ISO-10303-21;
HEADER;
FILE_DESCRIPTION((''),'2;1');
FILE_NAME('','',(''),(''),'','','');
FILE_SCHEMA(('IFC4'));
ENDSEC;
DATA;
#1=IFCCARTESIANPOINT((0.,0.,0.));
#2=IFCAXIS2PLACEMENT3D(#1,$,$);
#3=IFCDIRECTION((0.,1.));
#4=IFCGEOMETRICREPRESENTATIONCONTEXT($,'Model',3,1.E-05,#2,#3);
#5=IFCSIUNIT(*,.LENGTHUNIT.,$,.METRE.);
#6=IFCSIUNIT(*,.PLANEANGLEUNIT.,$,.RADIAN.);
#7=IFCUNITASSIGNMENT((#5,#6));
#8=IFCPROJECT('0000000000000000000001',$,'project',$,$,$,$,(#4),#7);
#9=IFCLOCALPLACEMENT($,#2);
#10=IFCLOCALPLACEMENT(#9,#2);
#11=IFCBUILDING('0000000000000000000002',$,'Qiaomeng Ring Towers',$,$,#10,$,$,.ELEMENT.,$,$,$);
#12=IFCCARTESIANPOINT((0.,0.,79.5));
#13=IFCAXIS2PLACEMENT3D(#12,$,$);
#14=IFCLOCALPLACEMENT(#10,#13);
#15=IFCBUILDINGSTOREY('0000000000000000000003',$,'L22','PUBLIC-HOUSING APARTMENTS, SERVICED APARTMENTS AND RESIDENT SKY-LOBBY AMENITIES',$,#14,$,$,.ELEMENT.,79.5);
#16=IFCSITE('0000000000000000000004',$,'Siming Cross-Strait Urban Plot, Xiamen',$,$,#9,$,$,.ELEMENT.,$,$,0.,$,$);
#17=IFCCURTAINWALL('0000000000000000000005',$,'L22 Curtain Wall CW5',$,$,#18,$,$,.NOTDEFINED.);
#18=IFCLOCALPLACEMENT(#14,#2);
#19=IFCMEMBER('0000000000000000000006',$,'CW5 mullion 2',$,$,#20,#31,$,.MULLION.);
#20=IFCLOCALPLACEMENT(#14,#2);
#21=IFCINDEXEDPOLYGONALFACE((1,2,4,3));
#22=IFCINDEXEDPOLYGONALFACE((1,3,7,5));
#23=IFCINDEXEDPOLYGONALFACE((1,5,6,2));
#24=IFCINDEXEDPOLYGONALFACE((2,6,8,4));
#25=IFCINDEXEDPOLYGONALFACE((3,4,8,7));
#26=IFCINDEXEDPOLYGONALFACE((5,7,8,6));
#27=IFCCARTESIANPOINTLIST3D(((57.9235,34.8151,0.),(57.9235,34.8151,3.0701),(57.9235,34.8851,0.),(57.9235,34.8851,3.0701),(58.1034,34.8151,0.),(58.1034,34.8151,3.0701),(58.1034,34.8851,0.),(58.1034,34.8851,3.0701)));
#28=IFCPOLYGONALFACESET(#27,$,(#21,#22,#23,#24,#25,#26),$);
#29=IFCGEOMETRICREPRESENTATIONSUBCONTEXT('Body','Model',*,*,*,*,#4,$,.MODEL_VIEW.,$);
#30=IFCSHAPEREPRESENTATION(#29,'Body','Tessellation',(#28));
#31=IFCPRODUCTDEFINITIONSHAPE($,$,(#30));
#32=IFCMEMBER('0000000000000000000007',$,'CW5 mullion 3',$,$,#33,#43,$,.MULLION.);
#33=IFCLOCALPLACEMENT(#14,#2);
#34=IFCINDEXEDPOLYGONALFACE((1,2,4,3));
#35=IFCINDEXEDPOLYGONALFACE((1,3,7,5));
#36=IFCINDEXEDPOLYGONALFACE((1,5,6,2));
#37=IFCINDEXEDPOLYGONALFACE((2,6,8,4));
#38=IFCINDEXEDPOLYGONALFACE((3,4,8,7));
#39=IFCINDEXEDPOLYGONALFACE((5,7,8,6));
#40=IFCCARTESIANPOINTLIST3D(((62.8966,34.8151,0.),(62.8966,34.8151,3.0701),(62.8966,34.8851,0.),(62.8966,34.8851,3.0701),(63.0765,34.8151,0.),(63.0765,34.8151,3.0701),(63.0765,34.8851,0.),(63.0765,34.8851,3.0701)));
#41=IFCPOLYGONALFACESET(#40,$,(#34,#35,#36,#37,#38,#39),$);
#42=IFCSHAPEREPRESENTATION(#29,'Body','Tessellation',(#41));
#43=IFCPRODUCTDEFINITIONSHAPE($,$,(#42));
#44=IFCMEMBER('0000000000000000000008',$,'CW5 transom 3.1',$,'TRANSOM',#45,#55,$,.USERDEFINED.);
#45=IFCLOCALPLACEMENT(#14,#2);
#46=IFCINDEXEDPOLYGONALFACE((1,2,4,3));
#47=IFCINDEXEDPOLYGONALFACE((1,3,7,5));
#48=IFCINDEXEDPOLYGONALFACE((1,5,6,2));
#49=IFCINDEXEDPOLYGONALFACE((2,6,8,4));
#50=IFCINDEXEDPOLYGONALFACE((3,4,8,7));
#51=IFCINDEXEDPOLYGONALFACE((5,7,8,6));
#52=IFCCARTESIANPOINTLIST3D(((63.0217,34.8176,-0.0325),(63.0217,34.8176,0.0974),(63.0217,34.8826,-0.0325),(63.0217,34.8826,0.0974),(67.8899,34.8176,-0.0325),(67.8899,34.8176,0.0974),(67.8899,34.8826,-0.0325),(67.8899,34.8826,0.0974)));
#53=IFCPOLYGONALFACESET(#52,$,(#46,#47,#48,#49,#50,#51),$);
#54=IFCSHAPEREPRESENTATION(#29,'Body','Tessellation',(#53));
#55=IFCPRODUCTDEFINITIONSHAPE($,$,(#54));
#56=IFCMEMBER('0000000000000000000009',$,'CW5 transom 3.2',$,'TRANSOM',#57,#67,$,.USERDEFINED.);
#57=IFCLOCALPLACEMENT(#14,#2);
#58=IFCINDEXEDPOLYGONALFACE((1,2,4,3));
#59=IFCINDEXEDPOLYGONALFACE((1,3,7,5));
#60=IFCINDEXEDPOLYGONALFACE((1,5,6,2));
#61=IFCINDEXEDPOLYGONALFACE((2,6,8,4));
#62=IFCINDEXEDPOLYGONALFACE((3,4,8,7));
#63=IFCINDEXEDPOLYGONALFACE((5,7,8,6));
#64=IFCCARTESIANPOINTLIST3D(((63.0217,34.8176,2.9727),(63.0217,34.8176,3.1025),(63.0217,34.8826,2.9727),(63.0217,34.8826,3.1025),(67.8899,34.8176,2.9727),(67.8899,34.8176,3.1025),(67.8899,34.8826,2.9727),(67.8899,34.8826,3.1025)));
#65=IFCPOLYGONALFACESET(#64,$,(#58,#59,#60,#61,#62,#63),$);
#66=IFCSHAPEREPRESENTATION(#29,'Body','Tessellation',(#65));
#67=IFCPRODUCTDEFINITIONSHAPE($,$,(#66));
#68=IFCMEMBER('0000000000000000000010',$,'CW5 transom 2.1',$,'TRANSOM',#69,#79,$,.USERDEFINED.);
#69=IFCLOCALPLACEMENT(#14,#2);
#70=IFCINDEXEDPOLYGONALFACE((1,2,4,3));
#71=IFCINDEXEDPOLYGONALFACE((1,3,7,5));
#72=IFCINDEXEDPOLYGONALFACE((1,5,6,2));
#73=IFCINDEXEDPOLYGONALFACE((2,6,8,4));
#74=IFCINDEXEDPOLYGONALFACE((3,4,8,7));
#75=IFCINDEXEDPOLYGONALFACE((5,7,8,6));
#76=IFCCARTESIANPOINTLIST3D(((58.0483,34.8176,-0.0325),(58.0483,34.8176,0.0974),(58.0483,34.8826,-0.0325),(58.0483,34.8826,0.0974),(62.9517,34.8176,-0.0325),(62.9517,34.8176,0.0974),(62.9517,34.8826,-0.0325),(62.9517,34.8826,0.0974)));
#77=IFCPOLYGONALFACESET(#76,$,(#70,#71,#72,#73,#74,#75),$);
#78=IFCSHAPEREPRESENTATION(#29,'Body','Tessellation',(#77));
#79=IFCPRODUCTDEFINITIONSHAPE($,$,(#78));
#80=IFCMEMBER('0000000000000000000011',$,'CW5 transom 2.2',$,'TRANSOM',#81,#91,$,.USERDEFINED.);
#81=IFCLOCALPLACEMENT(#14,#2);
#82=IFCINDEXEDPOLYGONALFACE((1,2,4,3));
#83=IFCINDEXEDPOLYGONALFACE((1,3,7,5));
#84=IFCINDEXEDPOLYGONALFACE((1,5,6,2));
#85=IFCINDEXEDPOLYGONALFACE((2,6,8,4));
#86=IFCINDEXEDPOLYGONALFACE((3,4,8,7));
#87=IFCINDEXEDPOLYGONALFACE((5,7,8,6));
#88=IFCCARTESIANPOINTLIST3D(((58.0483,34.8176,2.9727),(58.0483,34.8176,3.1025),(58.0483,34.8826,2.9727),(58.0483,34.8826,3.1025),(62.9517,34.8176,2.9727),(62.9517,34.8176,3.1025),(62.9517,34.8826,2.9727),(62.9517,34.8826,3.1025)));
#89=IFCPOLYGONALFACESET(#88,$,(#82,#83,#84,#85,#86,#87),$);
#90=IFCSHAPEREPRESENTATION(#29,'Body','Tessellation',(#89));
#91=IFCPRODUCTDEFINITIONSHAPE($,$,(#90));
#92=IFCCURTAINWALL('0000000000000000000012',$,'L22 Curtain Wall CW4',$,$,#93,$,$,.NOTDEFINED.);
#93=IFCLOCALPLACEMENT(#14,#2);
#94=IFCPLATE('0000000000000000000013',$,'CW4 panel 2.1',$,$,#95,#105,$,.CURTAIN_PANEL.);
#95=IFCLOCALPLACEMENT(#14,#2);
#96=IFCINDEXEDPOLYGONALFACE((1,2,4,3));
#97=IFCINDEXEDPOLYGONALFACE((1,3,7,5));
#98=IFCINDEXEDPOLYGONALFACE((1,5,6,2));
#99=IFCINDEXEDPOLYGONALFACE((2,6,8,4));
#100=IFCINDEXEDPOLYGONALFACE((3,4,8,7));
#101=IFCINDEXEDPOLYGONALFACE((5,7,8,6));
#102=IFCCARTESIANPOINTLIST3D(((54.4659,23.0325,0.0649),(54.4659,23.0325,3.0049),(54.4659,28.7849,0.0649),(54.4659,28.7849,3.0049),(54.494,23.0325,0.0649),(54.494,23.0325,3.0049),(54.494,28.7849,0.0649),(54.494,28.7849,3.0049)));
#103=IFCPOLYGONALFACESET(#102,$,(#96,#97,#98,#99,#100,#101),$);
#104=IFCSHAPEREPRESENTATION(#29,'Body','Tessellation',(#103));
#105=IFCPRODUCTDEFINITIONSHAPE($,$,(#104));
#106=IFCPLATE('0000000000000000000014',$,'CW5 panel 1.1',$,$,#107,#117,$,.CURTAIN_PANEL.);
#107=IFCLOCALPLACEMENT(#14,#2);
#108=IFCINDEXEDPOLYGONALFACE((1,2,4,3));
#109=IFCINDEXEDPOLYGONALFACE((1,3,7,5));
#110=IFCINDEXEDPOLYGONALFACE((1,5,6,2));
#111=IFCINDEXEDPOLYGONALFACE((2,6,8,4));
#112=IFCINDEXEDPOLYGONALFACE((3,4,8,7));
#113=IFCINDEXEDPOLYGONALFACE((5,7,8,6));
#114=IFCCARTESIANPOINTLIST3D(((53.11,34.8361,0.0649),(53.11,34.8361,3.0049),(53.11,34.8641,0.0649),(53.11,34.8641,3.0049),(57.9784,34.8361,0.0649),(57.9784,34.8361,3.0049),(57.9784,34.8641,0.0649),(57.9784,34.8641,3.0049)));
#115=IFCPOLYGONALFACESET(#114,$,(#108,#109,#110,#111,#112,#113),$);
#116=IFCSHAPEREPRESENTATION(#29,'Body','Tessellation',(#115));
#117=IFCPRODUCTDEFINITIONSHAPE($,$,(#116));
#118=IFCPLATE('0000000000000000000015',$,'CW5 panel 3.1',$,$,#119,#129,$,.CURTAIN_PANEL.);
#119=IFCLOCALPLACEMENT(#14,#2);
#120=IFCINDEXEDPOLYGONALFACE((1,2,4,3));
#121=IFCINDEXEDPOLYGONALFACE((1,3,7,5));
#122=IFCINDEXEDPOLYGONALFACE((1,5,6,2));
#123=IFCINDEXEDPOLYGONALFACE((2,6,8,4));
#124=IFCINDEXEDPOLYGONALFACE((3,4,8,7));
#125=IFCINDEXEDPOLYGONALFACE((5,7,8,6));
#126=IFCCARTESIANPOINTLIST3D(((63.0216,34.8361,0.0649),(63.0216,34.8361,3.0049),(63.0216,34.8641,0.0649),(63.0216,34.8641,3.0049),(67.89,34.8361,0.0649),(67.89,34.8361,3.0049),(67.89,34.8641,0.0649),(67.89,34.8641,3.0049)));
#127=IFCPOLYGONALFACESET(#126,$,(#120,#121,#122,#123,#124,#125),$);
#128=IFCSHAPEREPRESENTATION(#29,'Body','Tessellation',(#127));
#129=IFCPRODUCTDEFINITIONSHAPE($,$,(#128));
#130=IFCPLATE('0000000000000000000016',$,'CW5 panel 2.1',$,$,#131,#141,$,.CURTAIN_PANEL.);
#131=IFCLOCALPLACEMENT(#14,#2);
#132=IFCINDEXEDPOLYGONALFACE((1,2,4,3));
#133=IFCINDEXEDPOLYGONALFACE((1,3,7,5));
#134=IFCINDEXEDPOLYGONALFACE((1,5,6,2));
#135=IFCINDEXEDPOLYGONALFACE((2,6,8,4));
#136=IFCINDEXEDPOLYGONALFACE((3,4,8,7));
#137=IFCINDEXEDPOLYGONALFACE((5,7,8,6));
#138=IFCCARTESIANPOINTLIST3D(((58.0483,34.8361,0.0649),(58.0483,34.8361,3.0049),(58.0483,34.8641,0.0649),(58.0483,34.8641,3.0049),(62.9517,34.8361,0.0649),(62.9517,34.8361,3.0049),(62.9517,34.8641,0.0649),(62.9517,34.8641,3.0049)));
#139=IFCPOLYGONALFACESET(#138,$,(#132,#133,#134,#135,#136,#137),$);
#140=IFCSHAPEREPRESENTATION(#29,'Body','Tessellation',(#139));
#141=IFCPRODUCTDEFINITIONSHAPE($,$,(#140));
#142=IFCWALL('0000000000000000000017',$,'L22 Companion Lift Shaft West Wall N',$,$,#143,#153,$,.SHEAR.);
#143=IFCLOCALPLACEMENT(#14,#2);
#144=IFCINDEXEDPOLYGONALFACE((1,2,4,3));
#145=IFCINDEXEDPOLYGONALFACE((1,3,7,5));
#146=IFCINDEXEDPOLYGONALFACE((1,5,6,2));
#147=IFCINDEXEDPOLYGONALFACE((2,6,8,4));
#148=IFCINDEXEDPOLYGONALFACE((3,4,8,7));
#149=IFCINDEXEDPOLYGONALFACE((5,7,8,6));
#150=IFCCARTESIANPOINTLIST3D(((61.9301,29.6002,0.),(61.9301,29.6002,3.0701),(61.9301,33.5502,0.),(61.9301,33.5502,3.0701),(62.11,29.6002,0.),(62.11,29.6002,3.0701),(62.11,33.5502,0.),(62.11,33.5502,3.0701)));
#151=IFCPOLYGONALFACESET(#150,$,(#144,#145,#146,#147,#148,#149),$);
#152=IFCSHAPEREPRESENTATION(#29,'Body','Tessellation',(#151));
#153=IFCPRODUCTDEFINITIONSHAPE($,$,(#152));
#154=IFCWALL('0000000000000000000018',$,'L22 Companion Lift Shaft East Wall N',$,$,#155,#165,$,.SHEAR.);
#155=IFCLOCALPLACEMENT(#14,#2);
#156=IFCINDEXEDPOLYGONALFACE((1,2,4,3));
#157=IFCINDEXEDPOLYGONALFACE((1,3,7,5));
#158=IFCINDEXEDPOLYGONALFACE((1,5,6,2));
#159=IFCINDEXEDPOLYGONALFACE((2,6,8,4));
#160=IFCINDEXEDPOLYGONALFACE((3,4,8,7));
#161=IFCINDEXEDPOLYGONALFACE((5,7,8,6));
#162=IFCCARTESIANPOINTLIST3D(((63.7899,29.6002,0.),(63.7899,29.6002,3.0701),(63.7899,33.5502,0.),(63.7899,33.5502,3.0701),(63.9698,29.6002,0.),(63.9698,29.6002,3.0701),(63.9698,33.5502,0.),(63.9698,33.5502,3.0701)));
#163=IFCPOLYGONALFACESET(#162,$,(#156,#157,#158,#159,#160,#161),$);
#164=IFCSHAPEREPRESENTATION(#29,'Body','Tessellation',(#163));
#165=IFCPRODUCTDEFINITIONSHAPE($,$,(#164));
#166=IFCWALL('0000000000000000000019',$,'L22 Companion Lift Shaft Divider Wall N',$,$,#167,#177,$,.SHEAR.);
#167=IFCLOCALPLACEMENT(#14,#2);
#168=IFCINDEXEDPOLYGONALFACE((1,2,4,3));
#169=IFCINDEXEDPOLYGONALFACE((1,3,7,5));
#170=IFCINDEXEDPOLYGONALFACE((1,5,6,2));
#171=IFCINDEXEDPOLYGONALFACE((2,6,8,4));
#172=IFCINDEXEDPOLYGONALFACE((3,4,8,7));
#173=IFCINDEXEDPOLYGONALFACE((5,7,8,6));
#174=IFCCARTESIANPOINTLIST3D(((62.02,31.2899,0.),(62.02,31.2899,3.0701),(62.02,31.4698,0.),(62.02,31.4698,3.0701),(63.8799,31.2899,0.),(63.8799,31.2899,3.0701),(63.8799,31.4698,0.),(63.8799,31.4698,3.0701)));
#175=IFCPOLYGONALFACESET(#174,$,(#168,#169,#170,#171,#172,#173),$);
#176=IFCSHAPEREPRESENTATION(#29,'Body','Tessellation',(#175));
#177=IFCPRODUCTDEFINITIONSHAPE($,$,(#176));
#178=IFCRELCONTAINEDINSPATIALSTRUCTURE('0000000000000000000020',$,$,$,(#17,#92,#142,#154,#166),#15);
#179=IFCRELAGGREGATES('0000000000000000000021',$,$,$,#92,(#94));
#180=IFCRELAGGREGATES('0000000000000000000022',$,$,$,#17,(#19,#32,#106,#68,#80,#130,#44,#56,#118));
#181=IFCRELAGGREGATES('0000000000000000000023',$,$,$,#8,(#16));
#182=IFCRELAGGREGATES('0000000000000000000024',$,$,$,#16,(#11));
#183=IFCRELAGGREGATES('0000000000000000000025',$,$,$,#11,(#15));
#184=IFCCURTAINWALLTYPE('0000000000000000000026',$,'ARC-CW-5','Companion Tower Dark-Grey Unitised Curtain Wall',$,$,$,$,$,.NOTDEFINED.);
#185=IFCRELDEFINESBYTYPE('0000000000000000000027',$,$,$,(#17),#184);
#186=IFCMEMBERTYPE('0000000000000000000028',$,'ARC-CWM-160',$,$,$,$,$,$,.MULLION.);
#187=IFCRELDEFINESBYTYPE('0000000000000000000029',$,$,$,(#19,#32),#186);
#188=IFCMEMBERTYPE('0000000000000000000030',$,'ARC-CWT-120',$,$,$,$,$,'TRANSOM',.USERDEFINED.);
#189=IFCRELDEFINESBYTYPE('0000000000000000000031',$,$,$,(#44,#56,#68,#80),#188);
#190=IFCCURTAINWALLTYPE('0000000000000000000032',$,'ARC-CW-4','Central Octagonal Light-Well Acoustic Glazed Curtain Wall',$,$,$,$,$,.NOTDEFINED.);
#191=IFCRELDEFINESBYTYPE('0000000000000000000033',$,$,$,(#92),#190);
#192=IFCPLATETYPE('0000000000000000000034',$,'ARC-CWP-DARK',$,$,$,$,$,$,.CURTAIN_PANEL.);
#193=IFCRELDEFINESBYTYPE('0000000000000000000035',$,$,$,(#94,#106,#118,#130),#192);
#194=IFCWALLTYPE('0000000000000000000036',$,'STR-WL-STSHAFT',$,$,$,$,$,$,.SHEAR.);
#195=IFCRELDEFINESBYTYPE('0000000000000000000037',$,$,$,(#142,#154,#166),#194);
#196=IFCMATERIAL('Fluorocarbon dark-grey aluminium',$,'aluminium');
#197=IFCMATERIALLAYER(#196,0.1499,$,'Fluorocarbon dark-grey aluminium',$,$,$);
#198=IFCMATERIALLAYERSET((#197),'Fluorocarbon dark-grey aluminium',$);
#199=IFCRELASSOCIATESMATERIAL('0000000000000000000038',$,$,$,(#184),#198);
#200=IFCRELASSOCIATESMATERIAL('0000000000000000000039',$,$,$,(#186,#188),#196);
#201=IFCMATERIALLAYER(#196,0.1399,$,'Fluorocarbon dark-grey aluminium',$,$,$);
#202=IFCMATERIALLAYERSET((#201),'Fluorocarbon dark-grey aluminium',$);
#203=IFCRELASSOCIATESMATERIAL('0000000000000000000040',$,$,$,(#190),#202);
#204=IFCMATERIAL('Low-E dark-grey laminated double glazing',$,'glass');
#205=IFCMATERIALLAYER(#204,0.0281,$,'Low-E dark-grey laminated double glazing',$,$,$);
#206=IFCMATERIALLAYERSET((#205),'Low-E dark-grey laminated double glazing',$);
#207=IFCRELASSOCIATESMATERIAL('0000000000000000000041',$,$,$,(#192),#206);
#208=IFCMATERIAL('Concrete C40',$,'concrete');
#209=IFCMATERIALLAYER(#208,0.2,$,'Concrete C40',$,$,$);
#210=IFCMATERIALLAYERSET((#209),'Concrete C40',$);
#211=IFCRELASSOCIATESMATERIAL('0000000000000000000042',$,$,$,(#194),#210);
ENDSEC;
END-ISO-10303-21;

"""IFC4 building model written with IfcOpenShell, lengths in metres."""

from ifc_helpers import new_model, si_unit, direction, frame, frame_2d, origin, origin_2d, place, context, subcontext, project, spatial, rectangle, extrude, source, transform, mapped, material, layer, layer_set, material_profile, profile_set, type_object, element, aggregate, save


model = new_model("IFC4")

# Units and contexts
model_context = context("Model", 3, precision=1e-05, world=origin(), true_north=direction((0.0, 1.0)))
body_context = subcontext(model_context, "Body", "Model", "MODEL_VIEW")
ifc_project = project(units=[si_unit("LENGTHUNIT", "METRE"), si_unit("PLANEANGLEUNIT", "RADIAN")], contexts=[model_context])

# Site, building, storey
site_placement = place(None, origin())
site = spatial("IfcSite", under=ifc_project, at=site_placement, Name="Siming Cross-Strait Urban Plot, Xiamen", CompositionType="ELEMENT", RefElevation=0.0)
building_placement = place(site_placement, origin())
building = spatial("IfcBuilding", under=site, at=building_placement, Name="Qiaomeng Ring Towers", CompositionType="ELEMENT")
storey_placement = place(building_placement, frame((0.0, 0.0, 79.5)))
storey = spatial("IfcBuildingStorey", under=building, at=storey_placement, Name="L22", Description="PUBLIC-HOUSING APARTMENTS, SERVICED APARTMENTS AND RESIDENT SKY-LOBBY AMENITIES", CompositionType="ELEMENT", Elevation=79.5)

# Curtain wall, members
ifc_material_1 = material(Name="Fluorocarbon dark-grey aluminium", Category="aluminium")
ifc_layer_1 = layer(ifc_material_1, 0.1499, Name="Fluorocarbon dark-grey aluminium")
ifc_layer_set_1 = layer_set([ifc_layer_1], Name="Fluorocarbon dark-grey aluminium")
curtain_wall_type_1 = type_object("IfcCurtainWallType", Name="ARC-CW-5", Description="Companion Tower Dark-Grey Unitised Curtain Wall", PredefinedType="NOTDEFINED", material=ifc_layer_set_1)
curtain_wall_1_placement = place(storey_placement, origin())
curtain_wall_1 = element("IfcCurtainWall", 1, at=curtain_wall_1_placement, inside=storey, type_object=curtain_wall_type_1, Name="L22 Curtain Wall CW5", PredefinedType="NOTDEFINED")
ifc_material_profile_1 = material_profile(ifc_material_1, rectangle(XDim=0.0701, YDim=0.1799, at=origin_2d()), Name="ALU MULL 70x180")
ifc_profile_set_1 = profile_set([ifc_material_profile_1], Name="Fluorocarbon dark-grey aluminium")
member_type_1 = type_object("IfcMemberType", Name="ARC-CWM-160", PredefinedType="MULLION", material=ifc_profile_set_1)
shared_shape_1 = source(origin(), body_context, "Body", "SweptSolid", [
    extrude(rectangle(XDim=0.0701, YDim=0.1799, at=origin_2d()), origin(), (0.0, 0.0, 1.0), 3.0701),
])
member_1_placement = place(storey_placement, frame((58.0134, 34.8501, 0.0), z_axis=(0.0, 0.0, 1.0), x_axis=(0.0, 1.0, 0.0)))
member_1 = element("IfcMember", 2, at=member_1_placement, type_object=member_type_1, Name="CW5 mullion 2", PredefinedType="MULLION", context=body_context, shape_type="MappedRepresentation", body=[
    mapped(shared_shape_1, transform((0.0, 0.0, 0.0), x_axis=(1.0, 0.0, 0.0), y_axis=(0.0, 1.0, 0.0), z_axis=(0.0, 0.0, 1.0), scale=1.0)),
])
member_2_placement = place(storey_placement, frame((62.9866, 34.8501, 0.0), z_axis=(0.0, 0.0, 1.0), x_axis=(0.0, 1.0, 0.0)))
member_2 = element("IfcMember", 3, at=member_2_placement, type_object=member_type_1, Name="CW5 mullion 3", PredefinedType="MULLION", context=body_context, shape_type="MappedRepresentation", body=[
    mapped(shared_shape_1, transform((0.0, 0.0, 0.0), x_axis=(1.0, 0.0, 0.0), y_axis=(0.0, 1.0, 0.0), z_axis=(0.0, 0.0, 1.0), scale=1.0)),
])
ifc_material_profile_2 = material_profile(ifc_material_1, rectangle(XDim=0.0649, YDim=0.1299, at=origin_2d()), Name="ALU TRAN 65x130")
ifc_profile_set_2 = profile_set([ifc_material_profile_2], Name="Fluorocarbon dark-grey aluminium")
member_type_2 = type_object("IfcMemberType", Name="ARC-CWT-120", ElementType="TRANSOM", PredefinedType="USERDEFINED", material=ifc_profile_set_2)
shared_shape_2 = source(origin(), body_context, "Body", "SweptSolid", [
    extrude(rectangle(XDim=0.0649, YDim=0.1299, at=origin_2d()), origin(), (0.0, 0.0, 1.0), 4.8682),
])
member_3_placement = place(storey_placement, frame((63.0217, 34.8501, 0.0325), z_axis=(1.0, 0.0, 0.0), x_axis=(0.0, 1.0, 0.0)))
member_3 = element("IfcMember", 4, at=member_3_placement, type_object=member_type_2, Name="CW5 transom 3.1", ObjectType="TRANSOM", PredefinedType="USERDEFINED", context=body_context, shape_type="MappedRepresentation", body=[
    mapped(shared_shape_2, transform((0.0, 0.0, 0.0), x_axis=(1.0, 0.0, 0.0), y_axis=(0.0, 1.0, 0.0), z_axis=(0.0, 0.0, 1.0), scale=1.0)),
])
member_4_placement = place(storey_placement, frame((63.0217, 34.8501, 3.0376), z_axis=(1.0, 0.0, 0.0), x_axis=(0.0, 1.0, 0.0)))
member_4 = element("IfcMember", 5, at=member_4_placement, type_object=member_type_2, Name="CW5 transom 3.2", ObjectType="TRANSOM", PredefinedType="USERDEFINED", context=body_context, shape_type="MappedRepresentation", body=[
    mapped(shared_shape_2, transform((0.0, 0.0, 0.0), x_axis=(1.0, 0.0, 0.0), y_axis=(0.0, 1.0, 0.0), z_axis=(0.0, 0.0, 1.0), scale=1.0)),
])
shared_shape_3 = source(origin(), body_context, "Body", "SweptSolid", [
    extrude(rectangle(XDim=0.0649, YDim=0.1299, at=origin_2d()), origin(), (0.0, 0.0, 1.0), 4.9033),
])
member_5_placement = place(storey_placement, frame((58.0483, 34.8501, 0.0325), z_axis=(1.0, 0.0, 0.0), x_axis=(0.0, 1.0, 0.0)))
member_5 = element("IfcMember", 6, at=member_5_placement, type_object=member_type_2, Name="CW5 transom 2.1", ObjectType="TRANSOM", PredefinedType="USERDEFINED", context=body_context, shape_type="MappedRepresentation", body=[
    mapped(shared_shape_3, transform((0.0, 0.0, 0.0), x_axis=(1.0, 0.0, 0.0), y_axis=(0.0, 1.0, 0.0), z_axis=(0.0, 0.0, 1.0), scale=1.0)),
])
member_6_placement = place(storey_placement, frame((58.0483, 34.8501, 3.0376), z_axis=(1.0, 0.0, 0.0), x_axis=(0.0, 1.0, 0.0)))
member_6 = element("IfcMember", 7, at=member_6_placement, type_object=member_type_2, Name="CW5 transom 2.2", ObjectType="TRANSOM", PredefinedType="USERDEFINED", context=body_context, shape_type="MappedRepresentation", body=[
    mapped(shared_shape_3, transform((0.0, 0.0, 0.0), x_axis=(1.0, 0.0, 0.0), y_axis=(0.0, 1.0, 0.0), z_axis=(0.0, 0.0, 1.0), scale=1.0)),
])

# Curtain wall, plate
ifc_layer_2 = layer(ifc_material_1, 0.1399, Name="Fluorocarbon dark-grey aluminium")
ifc_layer_set_2 = layer_set([ifc_layer_2], Name="Fluorocarbon dark-grey aluminium")
curtain_wall_type_2 = type_object("IfcCurtainWallType", Name="ARC-CW-4", Description="Central Octagonal Light-Well Acoustic Glazed Curtain Wall", PredefinedType="NOTDEFINED", material=ifc_layer_set_2)
curtain_wall_2_placement = place(storey_placement, origin())
curtain_wall_2 = element("IfcCurtainWall", 8, at=curtain_wall_2_placement, inside=storey, type_object=curtain_wall_type_2, Name="L22 Curtain Wall CW4", PredefinedType="NOTDEFINED")
ifc_material_2 = material(Name="Low-E dark-grey laminated double glazing", Category="glass")
ifc_layer_3 = layer(ifc_material_2, 0.0281, Name="Low-E dark-grey laminated double glazing")
ifc_layer_set_3 = layer_set([ifc_layer_3], Name="Low-E dark-grey laminated double glazing")
plate_type = type_object("IfcPlateType", Name="ARC-CWP-DARK", PredefinedType="CURTAIN_PANEL", material=ifc_layer_set_3)
shared_shape_4 = source(origin(), body_context, "Body", "SweptSolid", [
    extrude(rectangle(XDim=5.7524, YDim=0.0281, at=origin_2d()), origin(), (0.0, 0.0, 1.0), 2.9399),
])
plate_1_placement = place(storey_placement, frame((54.48, 25.9087, 0.0649), z_axis=(0.0, 0.0, 1.0), x_axis=(0.0, 1.0, 0.0)))
plate_1 = element("IfcPlate", 9, at=plate_1_placement, type_object=plate_type, Name="CW4 panel 2.1", PredefinedType="CURTAIN_PANEL", context=body_context, shape_type="MappedRepresentation", body=[
    mapped(shared_shape_4, transform((0.0, 0.0, 0.0), x_axis=(1.0, 0.0, 0.0), y_axis=(0.0, 1.0, 0.0), z_axis=(0.0, 0.0, 1.0), scale=1.0)),
])
aggregate(curtain_wall_2, [plate_1])

# Plates
shared_shape_5 = source(origin(), body_context, "Body", "SweptSolid", [
    extrude(rectangle(XDim=4.8684, YDim=0.0281, at=origin_2d()), origin(), (0.0, 0.0, 1.0), 2.9399),
])
plate_2_placement = place(storey_placement, frame((55.5442, 34.8501, 0.0649), z_axis=(0.0, 0.0, 1.0), x_axis=(1.0, 0.0, 0.0)))
plate_2 = element("IfcPlate", 10, at=plate_2_placement, type_object=plate_type, Name="CW5 panel 1.1", PredefinedType="CURTAIN_PANEL", context=body_context, shape_type="MappedRepresentation", body=[
    mapped(shared_shape_5, transform((0.0, 0.0, 0.0), x_axis=(1.0, 0.0, 0.0), y_axis=(0.0, 1.0, 0.0), z_axis=(0.0, 0.0, 1.0), scale=1.0)),
])
plate_3_placement = place(storey_placement, frame((65.4558, 34.8501, 0.0649), z_axis=(0.0, 0.0, 1.0), x_axis=(1.0, 0.0, 0.0)))
plate_3 = element("IfcPlate", 11, at=plate_3_placement, type_object=plate_type, Name="CW5 panel 3.1", PredefinedType="CURTAIN_PANEL", context=body_context, shape_type="MappedRepresentation", body=[
    mapped(shared_shape_5, transform((0.0, 0.0, 0.0), x_axis=(1.0, 0.0, 0.0), y_axis=(0.0, 1.0, 0.0), z_axis=(0.0, 0.0, 1.0), scale=1.0)),
])
shared_shape_6 = source(origin(), body_context, "Body", "SweptSolid", [
    extrude(rectangle(XDim=4.9033, YDim=0.0281, at=origin_2d()), origin(), (0.0, 0.0, 1.0), 2.9399),
])
plate_4_placement = place(storey_placement, frame((60.5, 34.8501, 0.0649), z_axis=(0.0, 0.0, 1.0), x_axis=(1.0, 0.0, 0.0)))
plate_4 = element("IfcPlate", 12, at=plate_4_placement, type_object=plate_type, Name="CW5 panel 2.1", PredefinedType="CURTAIN_PANEL", context=body_context, shape_type="MappedRepresentation", body=[
    mapped(shared_shape_6, transform((0.0, 0.0, 0.0), x_axis=(1.0, 0.0, 0.0), y_axis=(0.0, 1.0, 0.0), z_axis=(0.0, 0.0, 1.0), scale=1.0)),
])
aggregate(curtain_wall_1, [member_1, member_2, plate_2, member_5, member_6, plate_4, member_3, member_4, plate_3])

# Walls
ifc_material_3 = material(Name="Concrete C40", Category="concrete")
ifc_layer_4 = layer(ifc_material_3, 0.2, Name="Concrete C40")
ifc_layer_set_4 = layer_set([ifc_layer_4], Name="Concrete C40")
wall_type_1 = type_object("IfcWallType", Name="STR-WL-STSHAFT", PredefinedType="SHEAR", material=ifc_layer_set_4)
for number, where, z_axis, x_axis, name in (
    (13, (62.02, 29.6001, 0.0), (0.0, 0.0, 1.0), (0.0, 1.0, 0.0), "L22 Companion Lift Shaft West Wall N"),
    (14, (63.8799, 29.6001, 0.0), (0.0, 0.0, 1.0), (0.0, 1.0, 0.0), "L22 Companion Lift Shaft East Wall N"),
):
    element("IfcWall", number, at=place(storey_placement, frame(where, z_axis=z_axis, x_axis=x_axis)), inside=storey, type_object=wall_type_1, Name=name, PredefinedType="SHEAR", context=body_context, shape_type="SweptSolid", body=[
        extrude(rectangle(XDim=3.95, YDim=0.1799, at=frame_2d((1.9751, 0.0))), origin(), (0.0, 0.0, 1.0), 3.0701),
    ])
for number, where, z_axis, x_axis, name in (
    (15, (62.02, 31.3799, 0.0), (0.0, 0.0, 1.0), (1.0, 0.0, 0.0), "L22 Companion Lift Shaft Divider Wall N"),
):
    element("IfcWall", number, at=place(storey_placement, frame(where, z_axis=z_axis, x_axis=x_axis)), inside=storey, type_object=wall_type_1, Name=name, PredefinedType="SHEAR", context=body_context, shape_type="SweptSolid", body=[
        extrude(rectangle(XDim=1.8599, YDim=0.1799, at=frame_2d((0.9299, 0.0))), origin(), (0.0, 0.0, 1.0), 3.0701),
    ])

save(model, "model.ifc")
